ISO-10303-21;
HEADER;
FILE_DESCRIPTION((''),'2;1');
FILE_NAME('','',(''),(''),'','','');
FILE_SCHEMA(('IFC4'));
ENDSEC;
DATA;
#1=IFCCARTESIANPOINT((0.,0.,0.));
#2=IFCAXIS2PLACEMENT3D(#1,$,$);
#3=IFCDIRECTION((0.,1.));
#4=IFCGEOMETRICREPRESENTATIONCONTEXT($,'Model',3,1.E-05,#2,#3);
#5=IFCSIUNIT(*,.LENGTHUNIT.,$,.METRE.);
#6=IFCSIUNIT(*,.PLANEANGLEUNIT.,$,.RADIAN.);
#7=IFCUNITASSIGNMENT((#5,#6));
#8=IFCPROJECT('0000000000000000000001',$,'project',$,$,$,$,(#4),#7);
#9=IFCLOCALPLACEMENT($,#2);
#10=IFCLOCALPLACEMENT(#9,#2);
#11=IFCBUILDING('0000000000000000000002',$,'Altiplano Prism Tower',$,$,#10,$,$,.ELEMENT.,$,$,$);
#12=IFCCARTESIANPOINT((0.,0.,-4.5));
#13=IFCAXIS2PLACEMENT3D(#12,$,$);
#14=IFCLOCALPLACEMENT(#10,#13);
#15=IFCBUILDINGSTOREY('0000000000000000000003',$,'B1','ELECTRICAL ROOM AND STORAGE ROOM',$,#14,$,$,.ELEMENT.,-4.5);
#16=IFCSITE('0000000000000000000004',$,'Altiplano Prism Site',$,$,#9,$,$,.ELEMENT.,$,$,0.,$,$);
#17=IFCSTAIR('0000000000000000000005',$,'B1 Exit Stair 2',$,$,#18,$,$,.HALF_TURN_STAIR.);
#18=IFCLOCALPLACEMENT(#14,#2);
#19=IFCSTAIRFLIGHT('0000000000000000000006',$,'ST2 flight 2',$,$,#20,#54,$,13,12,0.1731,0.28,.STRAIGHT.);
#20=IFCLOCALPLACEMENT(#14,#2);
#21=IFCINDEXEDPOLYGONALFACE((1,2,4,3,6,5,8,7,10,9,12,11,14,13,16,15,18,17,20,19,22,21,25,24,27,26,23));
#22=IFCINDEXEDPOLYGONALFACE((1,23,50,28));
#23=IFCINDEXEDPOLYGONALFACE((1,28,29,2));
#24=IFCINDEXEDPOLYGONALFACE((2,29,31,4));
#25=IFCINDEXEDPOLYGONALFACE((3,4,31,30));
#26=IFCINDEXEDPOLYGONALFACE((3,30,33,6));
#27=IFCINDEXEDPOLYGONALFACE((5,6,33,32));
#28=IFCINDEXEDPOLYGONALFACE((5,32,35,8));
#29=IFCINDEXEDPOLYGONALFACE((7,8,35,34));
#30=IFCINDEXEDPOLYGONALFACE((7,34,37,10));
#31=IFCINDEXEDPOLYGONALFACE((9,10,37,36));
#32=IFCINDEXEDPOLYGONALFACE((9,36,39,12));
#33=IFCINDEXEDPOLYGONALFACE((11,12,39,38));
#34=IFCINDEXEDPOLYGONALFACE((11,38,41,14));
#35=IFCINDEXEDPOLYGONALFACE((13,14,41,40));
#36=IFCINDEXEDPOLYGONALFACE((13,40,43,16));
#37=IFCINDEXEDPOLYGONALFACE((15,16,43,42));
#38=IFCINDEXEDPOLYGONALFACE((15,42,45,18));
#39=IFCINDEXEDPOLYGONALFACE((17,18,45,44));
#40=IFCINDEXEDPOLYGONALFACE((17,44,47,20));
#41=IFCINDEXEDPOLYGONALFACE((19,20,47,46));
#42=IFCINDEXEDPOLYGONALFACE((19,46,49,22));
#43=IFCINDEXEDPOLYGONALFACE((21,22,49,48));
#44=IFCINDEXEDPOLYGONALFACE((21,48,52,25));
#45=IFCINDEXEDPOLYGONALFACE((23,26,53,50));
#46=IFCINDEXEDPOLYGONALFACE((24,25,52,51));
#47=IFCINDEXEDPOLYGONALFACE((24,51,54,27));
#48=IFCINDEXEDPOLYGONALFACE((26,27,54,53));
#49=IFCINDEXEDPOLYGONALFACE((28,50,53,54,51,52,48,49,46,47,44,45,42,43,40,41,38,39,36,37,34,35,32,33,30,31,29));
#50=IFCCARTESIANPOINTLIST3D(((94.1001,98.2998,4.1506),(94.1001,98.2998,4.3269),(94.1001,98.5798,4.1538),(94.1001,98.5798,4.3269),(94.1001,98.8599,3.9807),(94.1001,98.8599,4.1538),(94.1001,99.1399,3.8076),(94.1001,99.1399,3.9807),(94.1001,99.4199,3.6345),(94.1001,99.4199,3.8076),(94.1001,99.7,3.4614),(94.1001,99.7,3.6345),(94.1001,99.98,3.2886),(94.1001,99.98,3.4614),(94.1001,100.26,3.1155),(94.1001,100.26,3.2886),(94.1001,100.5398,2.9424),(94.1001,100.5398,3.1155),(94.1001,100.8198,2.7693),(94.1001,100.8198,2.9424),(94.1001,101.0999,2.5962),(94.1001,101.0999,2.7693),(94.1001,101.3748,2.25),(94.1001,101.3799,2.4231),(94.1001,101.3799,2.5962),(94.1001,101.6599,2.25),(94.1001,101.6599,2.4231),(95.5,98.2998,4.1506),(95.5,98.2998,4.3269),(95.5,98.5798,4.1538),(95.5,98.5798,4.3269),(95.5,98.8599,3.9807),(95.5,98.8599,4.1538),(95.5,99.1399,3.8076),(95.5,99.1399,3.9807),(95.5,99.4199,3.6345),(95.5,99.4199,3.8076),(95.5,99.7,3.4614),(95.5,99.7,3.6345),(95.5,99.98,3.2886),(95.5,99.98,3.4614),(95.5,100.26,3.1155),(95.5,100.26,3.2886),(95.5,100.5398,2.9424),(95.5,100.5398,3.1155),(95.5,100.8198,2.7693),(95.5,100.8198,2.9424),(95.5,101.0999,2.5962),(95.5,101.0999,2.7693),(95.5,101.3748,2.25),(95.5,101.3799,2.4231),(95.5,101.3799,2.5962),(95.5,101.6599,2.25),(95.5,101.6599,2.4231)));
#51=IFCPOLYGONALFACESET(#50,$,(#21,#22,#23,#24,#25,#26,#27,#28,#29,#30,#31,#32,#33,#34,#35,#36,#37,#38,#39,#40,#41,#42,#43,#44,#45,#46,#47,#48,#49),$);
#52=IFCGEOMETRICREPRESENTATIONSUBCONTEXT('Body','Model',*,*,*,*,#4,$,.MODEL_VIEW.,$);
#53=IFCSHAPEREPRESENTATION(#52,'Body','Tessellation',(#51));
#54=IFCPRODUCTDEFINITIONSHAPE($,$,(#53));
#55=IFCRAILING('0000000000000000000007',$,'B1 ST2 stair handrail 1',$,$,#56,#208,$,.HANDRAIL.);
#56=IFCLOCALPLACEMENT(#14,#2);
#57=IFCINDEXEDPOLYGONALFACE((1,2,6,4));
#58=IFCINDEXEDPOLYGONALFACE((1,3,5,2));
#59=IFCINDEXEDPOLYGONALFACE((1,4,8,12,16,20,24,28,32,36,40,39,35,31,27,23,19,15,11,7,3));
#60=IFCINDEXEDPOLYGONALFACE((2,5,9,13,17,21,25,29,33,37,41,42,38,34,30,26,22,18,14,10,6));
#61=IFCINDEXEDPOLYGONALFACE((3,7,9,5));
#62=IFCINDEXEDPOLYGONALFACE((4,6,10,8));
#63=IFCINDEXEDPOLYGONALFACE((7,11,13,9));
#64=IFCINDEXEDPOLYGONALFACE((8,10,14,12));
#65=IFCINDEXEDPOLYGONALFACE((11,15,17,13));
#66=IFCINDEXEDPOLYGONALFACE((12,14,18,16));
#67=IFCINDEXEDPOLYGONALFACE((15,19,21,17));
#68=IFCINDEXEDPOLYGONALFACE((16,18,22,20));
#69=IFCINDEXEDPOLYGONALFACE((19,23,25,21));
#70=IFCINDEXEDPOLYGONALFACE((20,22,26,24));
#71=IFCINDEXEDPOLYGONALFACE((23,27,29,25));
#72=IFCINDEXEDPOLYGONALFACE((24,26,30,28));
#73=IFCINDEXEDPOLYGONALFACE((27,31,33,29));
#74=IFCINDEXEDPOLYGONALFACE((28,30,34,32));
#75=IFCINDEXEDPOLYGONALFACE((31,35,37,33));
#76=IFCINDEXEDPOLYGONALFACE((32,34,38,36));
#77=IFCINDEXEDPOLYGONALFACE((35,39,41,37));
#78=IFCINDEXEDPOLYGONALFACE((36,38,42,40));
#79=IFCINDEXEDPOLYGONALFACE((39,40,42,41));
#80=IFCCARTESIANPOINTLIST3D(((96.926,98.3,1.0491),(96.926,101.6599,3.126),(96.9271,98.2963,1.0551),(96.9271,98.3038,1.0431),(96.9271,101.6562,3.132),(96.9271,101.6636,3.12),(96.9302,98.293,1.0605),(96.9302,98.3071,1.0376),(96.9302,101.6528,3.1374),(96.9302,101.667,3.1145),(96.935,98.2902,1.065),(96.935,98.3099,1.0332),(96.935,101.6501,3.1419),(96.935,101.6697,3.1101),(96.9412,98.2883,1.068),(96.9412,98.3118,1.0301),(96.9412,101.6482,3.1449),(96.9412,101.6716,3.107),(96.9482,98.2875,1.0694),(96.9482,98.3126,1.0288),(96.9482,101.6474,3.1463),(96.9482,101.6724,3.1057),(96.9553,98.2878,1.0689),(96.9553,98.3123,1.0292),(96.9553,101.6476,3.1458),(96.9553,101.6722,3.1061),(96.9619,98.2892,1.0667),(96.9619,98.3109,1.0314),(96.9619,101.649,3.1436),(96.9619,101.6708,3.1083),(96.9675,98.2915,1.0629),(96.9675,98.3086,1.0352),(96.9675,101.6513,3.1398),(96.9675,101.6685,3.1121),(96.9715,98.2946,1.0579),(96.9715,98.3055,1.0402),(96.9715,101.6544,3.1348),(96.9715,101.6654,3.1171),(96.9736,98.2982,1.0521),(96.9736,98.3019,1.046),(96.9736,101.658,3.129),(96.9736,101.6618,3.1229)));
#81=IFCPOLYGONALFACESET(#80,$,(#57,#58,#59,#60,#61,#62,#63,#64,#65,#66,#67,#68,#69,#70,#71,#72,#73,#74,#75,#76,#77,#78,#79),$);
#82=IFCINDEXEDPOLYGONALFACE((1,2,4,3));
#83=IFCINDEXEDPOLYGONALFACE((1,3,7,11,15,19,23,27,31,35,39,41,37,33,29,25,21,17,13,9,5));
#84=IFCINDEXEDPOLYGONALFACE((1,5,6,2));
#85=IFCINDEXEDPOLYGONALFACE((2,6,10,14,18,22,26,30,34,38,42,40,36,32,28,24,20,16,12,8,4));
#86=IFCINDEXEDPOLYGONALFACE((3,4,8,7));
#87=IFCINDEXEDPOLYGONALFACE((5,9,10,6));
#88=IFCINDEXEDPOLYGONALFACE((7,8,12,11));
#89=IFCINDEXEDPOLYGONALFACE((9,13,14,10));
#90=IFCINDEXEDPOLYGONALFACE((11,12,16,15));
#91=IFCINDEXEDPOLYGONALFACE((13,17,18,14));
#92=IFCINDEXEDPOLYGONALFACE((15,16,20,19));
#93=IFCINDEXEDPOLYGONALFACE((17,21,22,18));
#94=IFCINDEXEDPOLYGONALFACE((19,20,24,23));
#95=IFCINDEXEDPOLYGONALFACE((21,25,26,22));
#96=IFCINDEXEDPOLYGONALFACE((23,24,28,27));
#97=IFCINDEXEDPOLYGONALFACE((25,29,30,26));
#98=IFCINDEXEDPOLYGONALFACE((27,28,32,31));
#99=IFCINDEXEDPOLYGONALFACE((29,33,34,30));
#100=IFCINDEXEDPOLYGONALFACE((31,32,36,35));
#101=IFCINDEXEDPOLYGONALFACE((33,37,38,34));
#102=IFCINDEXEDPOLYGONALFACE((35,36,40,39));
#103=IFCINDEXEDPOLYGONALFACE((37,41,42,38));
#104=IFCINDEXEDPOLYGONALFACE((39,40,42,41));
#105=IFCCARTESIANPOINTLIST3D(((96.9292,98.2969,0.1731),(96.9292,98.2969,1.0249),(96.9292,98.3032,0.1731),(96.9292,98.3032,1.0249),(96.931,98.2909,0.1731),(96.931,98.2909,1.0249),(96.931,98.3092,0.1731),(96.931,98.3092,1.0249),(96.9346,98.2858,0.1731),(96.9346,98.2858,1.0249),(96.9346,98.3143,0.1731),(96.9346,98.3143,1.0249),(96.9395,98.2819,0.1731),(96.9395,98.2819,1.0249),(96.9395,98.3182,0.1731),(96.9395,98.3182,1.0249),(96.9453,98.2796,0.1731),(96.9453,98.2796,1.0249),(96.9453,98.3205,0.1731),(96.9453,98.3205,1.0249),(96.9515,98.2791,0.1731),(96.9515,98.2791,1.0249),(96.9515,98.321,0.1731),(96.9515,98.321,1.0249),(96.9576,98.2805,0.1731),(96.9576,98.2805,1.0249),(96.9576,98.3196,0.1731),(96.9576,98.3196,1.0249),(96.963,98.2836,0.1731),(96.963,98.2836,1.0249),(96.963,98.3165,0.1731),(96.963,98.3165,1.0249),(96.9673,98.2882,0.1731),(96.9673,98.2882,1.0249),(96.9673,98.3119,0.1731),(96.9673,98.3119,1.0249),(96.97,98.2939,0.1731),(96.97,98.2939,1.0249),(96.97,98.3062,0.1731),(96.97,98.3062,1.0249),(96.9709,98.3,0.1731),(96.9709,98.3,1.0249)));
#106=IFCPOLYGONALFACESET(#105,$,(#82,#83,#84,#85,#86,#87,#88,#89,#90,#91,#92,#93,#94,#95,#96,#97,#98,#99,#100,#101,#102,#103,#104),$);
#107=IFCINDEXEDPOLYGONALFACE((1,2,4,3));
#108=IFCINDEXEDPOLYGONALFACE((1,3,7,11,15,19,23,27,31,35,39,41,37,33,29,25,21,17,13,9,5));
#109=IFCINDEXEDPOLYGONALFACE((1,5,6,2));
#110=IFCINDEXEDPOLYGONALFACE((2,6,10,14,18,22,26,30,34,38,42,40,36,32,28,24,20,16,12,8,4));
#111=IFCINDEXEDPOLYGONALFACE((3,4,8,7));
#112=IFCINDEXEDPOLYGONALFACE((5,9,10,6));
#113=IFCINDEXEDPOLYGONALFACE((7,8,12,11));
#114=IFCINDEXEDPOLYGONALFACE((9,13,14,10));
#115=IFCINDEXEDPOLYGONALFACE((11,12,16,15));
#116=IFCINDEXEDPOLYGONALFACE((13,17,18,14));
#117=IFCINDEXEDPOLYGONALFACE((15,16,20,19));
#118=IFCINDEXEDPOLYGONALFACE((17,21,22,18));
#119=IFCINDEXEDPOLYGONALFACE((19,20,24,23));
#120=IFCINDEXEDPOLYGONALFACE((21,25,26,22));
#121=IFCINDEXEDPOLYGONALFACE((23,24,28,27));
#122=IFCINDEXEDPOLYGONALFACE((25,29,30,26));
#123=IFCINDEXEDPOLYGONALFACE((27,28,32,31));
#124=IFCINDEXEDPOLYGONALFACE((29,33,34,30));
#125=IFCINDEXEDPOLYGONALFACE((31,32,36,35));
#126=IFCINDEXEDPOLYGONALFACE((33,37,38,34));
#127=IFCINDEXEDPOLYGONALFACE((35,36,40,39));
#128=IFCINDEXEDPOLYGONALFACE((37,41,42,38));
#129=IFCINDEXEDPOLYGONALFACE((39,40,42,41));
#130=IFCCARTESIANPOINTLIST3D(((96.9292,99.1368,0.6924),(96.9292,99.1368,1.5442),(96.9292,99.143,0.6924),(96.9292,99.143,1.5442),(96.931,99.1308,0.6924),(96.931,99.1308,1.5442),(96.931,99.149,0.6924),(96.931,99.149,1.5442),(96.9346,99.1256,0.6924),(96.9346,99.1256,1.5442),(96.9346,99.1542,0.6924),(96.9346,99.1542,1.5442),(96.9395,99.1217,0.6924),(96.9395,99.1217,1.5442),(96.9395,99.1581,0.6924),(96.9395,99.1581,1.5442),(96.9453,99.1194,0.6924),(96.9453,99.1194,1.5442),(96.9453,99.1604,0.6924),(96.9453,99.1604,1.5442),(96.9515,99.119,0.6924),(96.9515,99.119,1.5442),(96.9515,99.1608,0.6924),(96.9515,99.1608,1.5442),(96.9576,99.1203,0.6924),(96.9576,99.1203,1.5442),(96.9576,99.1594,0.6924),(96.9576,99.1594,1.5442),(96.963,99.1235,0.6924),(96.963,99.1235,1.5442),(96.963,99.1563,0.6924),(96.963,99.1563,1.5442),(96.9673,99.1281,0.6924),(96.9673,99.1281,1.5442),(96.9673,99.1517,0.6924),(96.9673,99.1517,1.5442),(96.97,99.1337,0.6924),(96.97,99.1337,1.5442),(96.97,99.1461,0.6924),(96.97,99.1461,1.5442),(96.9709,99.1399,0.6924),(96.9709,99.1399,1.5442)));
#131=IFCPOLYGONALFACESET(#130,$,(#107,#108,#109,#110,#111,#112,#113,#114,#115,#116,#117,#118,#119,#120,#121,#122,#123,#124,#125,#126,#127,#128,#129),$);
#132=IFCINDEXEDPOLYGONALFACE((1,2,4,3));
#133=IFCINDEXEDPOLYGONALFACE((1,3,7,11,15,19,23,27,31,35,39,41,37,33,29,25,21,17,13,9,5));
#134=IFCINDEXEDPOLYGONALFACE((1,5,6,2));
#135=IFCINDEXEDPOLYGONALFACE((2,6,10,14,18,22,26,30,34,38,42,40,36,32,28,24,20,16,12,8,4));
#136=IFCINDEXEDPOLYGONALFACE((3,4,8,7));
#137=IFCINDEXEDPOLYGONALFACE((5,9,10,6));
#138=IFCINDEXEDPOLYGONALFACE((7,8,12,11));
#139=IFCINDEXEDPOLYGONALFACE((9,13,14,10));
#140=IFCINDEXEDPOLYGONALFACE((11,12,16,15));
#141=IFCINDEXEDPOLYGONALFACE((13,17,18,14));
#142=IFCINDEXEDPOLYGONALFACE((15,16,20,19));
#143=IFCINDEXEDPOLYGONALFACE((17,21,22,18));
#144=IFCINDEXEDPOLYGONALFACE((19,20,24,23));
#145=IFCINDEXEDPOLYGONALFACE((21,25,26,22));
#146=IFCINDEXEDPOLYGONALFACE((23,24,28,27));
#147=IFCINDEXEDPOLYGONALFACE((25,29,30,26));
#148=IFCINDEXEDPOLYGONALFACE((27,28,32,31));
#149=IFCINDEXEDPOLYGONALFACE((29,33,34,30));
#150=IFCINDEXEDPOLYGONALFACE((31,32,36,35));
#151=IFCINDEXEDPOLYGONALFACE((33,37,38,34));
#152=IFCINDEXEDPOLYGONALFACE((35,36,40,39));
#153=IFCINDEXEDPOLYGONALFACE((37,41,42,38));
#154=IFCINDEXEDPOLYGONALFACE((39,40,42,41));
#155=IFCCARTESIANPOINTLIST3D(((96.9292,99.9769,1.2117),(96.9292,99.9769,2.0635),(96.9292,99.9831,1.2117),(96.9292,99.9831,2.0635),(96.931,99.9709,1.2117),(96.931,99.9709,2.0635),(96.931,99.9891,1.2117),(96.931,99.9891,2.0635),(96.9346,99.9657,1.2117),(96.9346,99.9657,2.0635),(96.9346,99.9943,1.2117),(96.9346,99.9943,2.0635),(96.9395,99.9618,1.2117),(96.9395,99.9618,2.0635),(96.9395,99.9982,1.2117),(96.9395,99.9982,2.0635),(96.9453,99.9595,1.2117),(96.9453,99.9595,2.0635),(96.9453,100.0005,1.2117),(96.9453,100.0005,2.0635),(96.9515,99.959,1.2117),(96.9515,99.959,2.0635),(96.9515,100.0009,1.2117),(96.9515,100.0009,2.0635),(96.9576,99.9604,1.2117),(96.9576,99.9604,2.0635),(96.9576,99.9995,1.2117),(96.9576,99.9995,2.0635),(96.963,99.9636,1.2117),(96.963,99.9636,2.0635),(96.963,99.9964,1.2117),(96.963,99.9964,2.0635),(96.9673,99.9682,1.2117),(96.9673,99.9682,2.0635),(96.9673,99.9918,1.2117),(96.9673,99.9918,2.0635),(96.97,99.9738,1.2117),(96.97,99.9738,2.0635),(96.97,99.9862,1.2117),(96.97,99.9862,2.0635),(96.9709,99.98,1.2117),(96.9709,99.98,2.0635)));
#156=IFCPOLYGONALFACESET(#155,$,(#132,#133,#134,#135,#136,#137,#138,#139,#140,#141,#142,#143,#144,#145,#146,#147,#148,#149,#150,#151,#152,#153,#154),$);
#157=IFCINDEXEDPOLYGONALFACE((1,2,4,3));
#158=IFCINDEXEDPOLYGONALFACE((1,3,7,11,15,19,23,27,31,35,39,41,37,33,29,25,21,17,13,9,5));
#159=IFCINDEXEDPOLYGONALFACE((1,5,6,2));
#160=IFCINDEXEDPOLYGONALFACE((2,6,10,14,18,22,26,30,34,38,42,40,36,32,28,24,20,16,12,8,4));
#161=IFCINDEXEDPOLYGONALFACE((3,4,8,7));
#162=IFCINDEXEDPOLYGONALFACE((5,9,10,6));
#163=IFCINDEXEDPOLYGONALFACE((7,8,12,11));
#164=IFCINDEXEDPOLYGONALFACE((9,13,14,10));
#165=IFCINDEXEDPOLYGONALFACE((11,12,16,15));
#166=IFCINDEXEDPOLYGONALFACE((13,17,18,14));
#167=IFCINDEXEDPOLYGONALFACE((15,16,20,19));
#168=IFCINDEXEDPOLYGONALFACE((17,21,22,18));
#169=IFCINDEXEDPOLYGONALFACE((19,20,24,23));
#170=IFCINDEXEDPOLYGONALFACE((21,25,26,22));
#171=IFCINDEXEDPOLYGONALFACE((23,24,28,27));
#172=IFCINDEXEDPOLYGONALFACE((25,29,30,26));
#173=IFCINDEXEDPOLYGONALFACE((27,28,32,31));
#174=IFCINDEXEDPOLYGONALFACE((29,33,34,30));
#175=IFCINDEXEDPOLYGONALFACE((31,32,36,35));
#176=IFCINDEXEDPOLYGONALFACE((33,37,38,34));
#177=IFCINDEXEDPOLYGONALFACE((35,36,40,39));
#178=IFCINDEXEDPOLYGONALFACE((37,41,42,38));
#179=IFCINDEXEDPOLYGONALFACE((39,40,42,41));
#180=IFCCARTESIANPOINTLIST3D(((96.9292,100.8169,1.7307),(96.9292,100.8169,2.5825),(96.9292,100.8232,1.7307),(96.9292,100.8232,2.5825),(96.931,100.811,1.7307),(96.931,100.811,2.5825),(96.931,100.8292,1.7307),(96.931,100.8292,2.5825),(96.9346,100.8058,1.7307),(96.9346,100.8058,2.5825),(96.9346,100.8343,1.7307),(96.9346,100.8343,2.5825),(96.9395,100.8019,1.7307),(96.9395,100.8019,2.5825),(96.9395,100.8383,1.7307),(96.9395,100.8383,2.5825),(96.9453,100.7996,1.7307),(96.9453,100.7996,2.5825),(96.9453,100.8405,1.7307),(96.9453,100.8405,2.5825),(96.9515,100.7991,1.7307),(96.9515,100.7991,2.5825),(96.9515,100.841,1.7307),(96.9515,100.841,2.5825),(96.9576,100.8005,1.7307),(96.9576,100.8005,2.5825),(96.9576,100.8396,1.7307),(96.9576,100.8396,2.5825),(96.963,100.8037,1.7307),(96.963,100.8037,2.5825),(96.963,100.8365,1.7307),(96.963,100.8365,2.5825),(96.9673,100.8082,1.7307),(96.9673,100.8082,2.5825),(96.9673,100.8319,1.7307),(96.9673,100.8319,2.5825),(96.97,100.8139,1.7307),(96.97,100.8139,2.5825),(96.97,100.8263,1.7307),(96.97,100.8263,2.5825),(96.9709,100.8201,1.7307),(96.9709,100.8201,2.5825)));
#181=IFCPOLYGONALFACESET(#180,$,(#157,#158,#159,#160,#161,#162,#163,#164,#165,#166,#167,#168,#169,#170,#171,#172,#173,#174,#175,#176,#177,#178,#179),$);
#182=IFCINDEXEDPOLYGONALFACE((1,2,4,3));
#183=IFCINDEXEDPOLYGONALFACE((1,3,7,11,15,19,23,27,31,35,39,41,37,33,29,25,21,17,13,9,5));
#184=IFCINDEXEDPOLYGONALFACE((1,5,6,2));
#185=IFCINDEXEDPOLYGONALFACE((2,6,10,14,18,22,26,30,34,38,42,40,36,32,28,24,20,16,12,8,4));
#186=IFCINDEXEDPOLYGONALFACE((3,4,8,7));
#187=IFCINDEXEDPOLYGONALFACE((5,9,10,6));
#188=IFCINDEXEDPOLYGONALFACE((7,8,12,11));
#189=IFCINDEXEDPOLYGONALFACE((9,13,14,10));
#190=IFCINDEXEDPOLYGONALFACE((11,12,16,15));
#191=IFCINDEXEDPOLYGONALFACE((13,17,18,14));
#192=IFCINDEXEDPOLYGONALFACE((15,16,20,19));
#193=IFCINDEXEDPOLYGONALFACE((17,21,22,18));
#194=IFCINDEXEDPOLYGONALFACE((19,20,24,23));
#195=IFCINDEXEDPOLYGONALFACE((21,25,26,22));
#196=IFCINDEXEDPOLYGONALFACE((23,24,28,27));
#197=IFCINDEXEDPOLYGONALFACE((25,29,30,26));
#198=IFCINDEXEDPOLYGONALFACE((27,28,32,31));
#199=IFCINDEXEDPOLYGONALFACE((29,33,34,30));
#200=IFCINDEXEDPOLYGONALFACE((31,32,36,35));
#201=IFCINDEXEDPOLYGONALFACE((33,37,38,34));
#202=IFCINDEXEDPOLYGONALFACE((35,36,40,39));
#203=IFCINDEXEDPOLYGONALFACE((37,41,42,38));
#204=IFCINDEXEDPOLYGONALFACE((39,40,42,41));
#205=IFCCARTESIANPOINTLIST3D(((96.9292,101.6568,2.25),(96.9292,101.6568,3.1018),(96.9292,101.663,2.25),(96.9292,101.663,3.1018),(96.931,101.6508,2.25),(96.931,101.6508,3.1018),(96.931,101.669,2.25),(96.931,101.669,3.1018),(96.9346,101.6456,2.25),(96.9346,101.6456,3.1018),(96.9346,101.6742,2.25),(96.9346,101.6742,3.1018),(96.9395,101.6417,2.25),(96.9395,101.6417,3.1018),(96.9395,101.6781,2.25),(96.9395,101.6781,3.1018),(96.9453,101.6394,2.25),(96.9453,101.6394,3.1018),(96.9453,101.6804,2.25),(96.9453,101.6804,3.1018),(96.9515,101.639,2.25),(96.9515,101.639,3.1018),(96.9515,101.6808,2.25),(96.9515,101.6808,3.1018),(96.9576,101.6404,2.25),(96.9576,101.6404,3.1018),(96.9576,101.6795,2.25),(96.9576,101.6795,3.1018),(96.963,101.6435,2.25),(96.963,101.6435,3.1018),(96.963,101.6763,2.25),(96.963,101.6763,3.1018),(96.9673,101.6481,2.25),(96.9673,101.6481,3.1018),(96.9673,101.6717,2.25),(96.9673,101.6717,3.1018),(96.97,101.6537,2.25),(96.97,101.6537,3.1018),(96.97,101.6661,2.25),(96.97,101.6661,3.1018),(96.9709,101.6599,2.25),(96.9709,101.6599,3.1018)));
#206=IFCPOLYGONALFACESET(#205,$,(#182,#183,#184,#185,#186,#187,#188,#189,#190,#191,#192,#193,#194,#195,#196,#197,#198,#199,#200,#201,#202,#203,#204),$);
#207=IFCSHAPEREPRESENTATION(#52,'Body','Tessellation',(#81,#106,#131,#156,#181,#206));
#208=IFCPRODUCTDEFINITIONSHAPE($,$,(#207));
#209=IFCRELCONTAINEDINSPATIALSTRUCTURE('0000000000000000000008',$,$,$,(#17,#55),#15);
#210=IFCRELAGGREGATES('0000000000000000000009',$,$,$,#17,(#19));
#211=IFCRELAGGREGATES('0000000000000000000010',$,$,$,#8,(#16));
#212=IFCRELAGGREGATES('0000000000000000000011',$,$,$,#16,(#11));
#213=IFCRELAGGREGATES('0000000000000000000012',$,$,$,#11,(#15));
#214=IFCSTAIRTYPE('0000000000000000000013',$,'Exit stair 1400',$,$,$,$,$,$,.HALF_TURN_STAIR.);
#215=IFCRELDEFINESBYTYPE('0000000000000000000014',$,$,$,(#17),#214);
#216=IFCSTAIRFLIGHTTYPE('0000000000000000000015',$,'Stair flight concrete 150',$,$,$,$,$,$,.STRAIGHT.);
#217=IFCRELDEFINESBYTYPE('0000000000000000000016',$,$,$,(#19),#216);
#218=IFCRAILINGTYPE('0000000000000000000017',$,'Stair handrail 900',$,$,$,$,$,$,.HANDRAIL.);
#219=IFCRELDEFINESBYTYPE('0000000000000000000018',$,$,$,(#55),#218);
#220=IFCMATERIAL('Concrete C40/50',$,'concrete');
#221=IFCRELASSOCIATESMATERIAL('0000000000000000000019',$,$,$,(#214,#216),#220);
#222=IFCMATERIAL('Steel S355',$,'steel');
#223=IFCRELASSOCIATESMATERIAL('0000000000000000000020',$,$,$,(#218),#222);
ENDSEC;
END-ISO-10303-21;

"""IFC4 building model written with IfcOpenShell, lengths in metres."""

from ifc_helpers import new_model, si_unit, direction, frame, origin, origin_2d, place, context, subcontext, project, spatial, polyline, circle, outline, extrude, material, type_object, element, aggregate, save


model = new_model("IFC4")

# Units and contexts
model_context = context("Model", 3, precision=1e-05, world=origin(), true_north=direction((0.0, 1.0)))
body_context = subcontext(model_context, "Body", "Model", "MODEL_VIEW")
ifc_project = project(units=[si_unit("LENGTHUNIT", "METRE"), si_unit("PLANEANGLEUNIT", "RADIAN")], contexts=[model_context])

# Site, building, storey
site_placement = place(None, origin())
site = spatial("IfcSite", under=ifc_project, at=site_placement, Name="Altiplano Prism Site", CompositionType="ELEMENT", RefElevation=0.0)
building_placement = place(site_placement, origin())
building = spatial("IfcBuilding", under=site, at=building_placement, Name="Altiplano Prism Tower", CompositionType="ELEMENT")
storey_placement = place(building_placement, frame((0.0, 0.0, -4.5)))
storey = spatial("IfcBuildingStorey", under=building, at=storey_placement, Name="B1", Description="ELECTRICAL ROOM AND STORAGE ROOM", CompositionType="ELEMENT", Elevation=-4.5)

# Shared definitions
ifc_material_1 = material(Name="Concrete C40/50", Category="concrete")

# Stair, stair flight
stair_type = type_object("IfcStairType", Name="Exit stair 1400", PredefinedType="HALF_TURN_STAIR", material=ifc_material_1)
stair_placement = place(storey_placement, origin())
stair = element("IfcStair", 1, at=stair_placement, inside=storey, type_object=stair_type, Name="B1 Exit Stair 2", PredefinedType="HALF_TURN_STAIR")
stair_flight_type = type_object("IfcStairFlightType", Name="Stair flight concrete 150", PredefinedType="STRAIGHT", material=ifc_material_1)
stair_flight_1_placement = place(storey_placement, frame((94.8, 101.6599, 2.25), z_axis=(0.0, 0.0, 1.0), x_axis=(0.0, -1.0, 0.0)))
stair_flight_1 = element("IfcStairFlight", 2, at=stair_flight_1_placement, type_object=stair_flight_type, Name="ST2 flight 2", NumberOfRisers=13, NumberOfTreads=12, PredefinedType="STRAIGHT", RiserHeight=0.1731, TreadLength=0.28, context=body_context, shape_type="SweptSolid", body=[
    extrude(outline(polyline([(0.0, 0.0), (0.0, 0.1731), (0.28, 0.1731), (0.28, 0.3462), (0.5601, 0.3462), (0.5601, 0.5193), (0.8401, 0.5193), (0.8401, 0.6924), (1.1201, 0.6924), (1.1201, 0.8655), (1.3999, 0.8655), (1.3999, 1.0386), (1.6799, 1.0386), (1.6799, 1.2114), (1.96, 1.2114), (1.96, 1.3845), (2.24, 1.3845), (2.24, 1.5576), (2.52, 1.5576), (2.52, 1.7307), (2.8, 1.7307), (2.8, 1.9038), (3.0801, 1.9038), (3.0801, 2.0769), (3.3601, 2.0769), (3.3601, 2.25), (3.3601, 1.9006), (0.2852, 0.0), (0.0, 0.0)])), frame((0.0, 0.7, 0.0), z_axis=(0.0, -1.0, 0.0), x_axis=(1.0, 0.0, 0.0)), (0.0, 0.0, 1.0), 1.3999),
])
aggregate(stair, [stair_flight_1])

# Railing
ifc_material_2 = material(Name="Steel S355", Category="steel")
railing_type_1 = type_object("IfcRailingType", Name="Stair handrail 900", PredefinedType="HANDRAIL", material=ifc_material_2)
railing_1_placement = place(storey_placement, frame((96.95, 98.3, 0.1731)))
element("IfcRailing", 3, at=railing_1_placement, inside=storey, type_object=railing_type_1, Name="B1 ST2 stair handrail 1", PredefinedType="HANDRAIL", context=body_context, shape_type="SweptSolid", body=[
    extrude(circle(Radius=0.0239, at=origin_2d()), frame((0.0, 0.0, 0.876), z_axis=(0.0, 0.850606, 0.525803), x_axis=(-1.0, 0.0, 0.0)), (0.0, 0.0, 1.0), 3.95),
    extrude(circle(Radius=0.021, at=origin_2d()), origin(), (0.0, 0.0, 1.0), 0.8518),
    extrude(circle(Radius=0.021, at=origin_2d()), frame((0.0, 0.8398, 0.5193)), (0.0, 0.0, 1.0), 0.8518),
    extrude(circle(Radius=0.021, at=origin_2d()), frame((0.0, 1.6799, 1.0386)), (0.0, 0.0, 1.0), 0.8518),
    extrude(circle(Radius=0.021, at=origin_2d()), frame((0.0, 2.52, 1.5576)), (0.0, 0.0, 1.0), 0.8518),
    extrude(circle(Radius=0.021, at=origin_2d()), frame((0.0, 3.3599, 2.0769)), (0.0, 0.0, 1.0), 0.8518),
])

save(model, "model.ifc")
